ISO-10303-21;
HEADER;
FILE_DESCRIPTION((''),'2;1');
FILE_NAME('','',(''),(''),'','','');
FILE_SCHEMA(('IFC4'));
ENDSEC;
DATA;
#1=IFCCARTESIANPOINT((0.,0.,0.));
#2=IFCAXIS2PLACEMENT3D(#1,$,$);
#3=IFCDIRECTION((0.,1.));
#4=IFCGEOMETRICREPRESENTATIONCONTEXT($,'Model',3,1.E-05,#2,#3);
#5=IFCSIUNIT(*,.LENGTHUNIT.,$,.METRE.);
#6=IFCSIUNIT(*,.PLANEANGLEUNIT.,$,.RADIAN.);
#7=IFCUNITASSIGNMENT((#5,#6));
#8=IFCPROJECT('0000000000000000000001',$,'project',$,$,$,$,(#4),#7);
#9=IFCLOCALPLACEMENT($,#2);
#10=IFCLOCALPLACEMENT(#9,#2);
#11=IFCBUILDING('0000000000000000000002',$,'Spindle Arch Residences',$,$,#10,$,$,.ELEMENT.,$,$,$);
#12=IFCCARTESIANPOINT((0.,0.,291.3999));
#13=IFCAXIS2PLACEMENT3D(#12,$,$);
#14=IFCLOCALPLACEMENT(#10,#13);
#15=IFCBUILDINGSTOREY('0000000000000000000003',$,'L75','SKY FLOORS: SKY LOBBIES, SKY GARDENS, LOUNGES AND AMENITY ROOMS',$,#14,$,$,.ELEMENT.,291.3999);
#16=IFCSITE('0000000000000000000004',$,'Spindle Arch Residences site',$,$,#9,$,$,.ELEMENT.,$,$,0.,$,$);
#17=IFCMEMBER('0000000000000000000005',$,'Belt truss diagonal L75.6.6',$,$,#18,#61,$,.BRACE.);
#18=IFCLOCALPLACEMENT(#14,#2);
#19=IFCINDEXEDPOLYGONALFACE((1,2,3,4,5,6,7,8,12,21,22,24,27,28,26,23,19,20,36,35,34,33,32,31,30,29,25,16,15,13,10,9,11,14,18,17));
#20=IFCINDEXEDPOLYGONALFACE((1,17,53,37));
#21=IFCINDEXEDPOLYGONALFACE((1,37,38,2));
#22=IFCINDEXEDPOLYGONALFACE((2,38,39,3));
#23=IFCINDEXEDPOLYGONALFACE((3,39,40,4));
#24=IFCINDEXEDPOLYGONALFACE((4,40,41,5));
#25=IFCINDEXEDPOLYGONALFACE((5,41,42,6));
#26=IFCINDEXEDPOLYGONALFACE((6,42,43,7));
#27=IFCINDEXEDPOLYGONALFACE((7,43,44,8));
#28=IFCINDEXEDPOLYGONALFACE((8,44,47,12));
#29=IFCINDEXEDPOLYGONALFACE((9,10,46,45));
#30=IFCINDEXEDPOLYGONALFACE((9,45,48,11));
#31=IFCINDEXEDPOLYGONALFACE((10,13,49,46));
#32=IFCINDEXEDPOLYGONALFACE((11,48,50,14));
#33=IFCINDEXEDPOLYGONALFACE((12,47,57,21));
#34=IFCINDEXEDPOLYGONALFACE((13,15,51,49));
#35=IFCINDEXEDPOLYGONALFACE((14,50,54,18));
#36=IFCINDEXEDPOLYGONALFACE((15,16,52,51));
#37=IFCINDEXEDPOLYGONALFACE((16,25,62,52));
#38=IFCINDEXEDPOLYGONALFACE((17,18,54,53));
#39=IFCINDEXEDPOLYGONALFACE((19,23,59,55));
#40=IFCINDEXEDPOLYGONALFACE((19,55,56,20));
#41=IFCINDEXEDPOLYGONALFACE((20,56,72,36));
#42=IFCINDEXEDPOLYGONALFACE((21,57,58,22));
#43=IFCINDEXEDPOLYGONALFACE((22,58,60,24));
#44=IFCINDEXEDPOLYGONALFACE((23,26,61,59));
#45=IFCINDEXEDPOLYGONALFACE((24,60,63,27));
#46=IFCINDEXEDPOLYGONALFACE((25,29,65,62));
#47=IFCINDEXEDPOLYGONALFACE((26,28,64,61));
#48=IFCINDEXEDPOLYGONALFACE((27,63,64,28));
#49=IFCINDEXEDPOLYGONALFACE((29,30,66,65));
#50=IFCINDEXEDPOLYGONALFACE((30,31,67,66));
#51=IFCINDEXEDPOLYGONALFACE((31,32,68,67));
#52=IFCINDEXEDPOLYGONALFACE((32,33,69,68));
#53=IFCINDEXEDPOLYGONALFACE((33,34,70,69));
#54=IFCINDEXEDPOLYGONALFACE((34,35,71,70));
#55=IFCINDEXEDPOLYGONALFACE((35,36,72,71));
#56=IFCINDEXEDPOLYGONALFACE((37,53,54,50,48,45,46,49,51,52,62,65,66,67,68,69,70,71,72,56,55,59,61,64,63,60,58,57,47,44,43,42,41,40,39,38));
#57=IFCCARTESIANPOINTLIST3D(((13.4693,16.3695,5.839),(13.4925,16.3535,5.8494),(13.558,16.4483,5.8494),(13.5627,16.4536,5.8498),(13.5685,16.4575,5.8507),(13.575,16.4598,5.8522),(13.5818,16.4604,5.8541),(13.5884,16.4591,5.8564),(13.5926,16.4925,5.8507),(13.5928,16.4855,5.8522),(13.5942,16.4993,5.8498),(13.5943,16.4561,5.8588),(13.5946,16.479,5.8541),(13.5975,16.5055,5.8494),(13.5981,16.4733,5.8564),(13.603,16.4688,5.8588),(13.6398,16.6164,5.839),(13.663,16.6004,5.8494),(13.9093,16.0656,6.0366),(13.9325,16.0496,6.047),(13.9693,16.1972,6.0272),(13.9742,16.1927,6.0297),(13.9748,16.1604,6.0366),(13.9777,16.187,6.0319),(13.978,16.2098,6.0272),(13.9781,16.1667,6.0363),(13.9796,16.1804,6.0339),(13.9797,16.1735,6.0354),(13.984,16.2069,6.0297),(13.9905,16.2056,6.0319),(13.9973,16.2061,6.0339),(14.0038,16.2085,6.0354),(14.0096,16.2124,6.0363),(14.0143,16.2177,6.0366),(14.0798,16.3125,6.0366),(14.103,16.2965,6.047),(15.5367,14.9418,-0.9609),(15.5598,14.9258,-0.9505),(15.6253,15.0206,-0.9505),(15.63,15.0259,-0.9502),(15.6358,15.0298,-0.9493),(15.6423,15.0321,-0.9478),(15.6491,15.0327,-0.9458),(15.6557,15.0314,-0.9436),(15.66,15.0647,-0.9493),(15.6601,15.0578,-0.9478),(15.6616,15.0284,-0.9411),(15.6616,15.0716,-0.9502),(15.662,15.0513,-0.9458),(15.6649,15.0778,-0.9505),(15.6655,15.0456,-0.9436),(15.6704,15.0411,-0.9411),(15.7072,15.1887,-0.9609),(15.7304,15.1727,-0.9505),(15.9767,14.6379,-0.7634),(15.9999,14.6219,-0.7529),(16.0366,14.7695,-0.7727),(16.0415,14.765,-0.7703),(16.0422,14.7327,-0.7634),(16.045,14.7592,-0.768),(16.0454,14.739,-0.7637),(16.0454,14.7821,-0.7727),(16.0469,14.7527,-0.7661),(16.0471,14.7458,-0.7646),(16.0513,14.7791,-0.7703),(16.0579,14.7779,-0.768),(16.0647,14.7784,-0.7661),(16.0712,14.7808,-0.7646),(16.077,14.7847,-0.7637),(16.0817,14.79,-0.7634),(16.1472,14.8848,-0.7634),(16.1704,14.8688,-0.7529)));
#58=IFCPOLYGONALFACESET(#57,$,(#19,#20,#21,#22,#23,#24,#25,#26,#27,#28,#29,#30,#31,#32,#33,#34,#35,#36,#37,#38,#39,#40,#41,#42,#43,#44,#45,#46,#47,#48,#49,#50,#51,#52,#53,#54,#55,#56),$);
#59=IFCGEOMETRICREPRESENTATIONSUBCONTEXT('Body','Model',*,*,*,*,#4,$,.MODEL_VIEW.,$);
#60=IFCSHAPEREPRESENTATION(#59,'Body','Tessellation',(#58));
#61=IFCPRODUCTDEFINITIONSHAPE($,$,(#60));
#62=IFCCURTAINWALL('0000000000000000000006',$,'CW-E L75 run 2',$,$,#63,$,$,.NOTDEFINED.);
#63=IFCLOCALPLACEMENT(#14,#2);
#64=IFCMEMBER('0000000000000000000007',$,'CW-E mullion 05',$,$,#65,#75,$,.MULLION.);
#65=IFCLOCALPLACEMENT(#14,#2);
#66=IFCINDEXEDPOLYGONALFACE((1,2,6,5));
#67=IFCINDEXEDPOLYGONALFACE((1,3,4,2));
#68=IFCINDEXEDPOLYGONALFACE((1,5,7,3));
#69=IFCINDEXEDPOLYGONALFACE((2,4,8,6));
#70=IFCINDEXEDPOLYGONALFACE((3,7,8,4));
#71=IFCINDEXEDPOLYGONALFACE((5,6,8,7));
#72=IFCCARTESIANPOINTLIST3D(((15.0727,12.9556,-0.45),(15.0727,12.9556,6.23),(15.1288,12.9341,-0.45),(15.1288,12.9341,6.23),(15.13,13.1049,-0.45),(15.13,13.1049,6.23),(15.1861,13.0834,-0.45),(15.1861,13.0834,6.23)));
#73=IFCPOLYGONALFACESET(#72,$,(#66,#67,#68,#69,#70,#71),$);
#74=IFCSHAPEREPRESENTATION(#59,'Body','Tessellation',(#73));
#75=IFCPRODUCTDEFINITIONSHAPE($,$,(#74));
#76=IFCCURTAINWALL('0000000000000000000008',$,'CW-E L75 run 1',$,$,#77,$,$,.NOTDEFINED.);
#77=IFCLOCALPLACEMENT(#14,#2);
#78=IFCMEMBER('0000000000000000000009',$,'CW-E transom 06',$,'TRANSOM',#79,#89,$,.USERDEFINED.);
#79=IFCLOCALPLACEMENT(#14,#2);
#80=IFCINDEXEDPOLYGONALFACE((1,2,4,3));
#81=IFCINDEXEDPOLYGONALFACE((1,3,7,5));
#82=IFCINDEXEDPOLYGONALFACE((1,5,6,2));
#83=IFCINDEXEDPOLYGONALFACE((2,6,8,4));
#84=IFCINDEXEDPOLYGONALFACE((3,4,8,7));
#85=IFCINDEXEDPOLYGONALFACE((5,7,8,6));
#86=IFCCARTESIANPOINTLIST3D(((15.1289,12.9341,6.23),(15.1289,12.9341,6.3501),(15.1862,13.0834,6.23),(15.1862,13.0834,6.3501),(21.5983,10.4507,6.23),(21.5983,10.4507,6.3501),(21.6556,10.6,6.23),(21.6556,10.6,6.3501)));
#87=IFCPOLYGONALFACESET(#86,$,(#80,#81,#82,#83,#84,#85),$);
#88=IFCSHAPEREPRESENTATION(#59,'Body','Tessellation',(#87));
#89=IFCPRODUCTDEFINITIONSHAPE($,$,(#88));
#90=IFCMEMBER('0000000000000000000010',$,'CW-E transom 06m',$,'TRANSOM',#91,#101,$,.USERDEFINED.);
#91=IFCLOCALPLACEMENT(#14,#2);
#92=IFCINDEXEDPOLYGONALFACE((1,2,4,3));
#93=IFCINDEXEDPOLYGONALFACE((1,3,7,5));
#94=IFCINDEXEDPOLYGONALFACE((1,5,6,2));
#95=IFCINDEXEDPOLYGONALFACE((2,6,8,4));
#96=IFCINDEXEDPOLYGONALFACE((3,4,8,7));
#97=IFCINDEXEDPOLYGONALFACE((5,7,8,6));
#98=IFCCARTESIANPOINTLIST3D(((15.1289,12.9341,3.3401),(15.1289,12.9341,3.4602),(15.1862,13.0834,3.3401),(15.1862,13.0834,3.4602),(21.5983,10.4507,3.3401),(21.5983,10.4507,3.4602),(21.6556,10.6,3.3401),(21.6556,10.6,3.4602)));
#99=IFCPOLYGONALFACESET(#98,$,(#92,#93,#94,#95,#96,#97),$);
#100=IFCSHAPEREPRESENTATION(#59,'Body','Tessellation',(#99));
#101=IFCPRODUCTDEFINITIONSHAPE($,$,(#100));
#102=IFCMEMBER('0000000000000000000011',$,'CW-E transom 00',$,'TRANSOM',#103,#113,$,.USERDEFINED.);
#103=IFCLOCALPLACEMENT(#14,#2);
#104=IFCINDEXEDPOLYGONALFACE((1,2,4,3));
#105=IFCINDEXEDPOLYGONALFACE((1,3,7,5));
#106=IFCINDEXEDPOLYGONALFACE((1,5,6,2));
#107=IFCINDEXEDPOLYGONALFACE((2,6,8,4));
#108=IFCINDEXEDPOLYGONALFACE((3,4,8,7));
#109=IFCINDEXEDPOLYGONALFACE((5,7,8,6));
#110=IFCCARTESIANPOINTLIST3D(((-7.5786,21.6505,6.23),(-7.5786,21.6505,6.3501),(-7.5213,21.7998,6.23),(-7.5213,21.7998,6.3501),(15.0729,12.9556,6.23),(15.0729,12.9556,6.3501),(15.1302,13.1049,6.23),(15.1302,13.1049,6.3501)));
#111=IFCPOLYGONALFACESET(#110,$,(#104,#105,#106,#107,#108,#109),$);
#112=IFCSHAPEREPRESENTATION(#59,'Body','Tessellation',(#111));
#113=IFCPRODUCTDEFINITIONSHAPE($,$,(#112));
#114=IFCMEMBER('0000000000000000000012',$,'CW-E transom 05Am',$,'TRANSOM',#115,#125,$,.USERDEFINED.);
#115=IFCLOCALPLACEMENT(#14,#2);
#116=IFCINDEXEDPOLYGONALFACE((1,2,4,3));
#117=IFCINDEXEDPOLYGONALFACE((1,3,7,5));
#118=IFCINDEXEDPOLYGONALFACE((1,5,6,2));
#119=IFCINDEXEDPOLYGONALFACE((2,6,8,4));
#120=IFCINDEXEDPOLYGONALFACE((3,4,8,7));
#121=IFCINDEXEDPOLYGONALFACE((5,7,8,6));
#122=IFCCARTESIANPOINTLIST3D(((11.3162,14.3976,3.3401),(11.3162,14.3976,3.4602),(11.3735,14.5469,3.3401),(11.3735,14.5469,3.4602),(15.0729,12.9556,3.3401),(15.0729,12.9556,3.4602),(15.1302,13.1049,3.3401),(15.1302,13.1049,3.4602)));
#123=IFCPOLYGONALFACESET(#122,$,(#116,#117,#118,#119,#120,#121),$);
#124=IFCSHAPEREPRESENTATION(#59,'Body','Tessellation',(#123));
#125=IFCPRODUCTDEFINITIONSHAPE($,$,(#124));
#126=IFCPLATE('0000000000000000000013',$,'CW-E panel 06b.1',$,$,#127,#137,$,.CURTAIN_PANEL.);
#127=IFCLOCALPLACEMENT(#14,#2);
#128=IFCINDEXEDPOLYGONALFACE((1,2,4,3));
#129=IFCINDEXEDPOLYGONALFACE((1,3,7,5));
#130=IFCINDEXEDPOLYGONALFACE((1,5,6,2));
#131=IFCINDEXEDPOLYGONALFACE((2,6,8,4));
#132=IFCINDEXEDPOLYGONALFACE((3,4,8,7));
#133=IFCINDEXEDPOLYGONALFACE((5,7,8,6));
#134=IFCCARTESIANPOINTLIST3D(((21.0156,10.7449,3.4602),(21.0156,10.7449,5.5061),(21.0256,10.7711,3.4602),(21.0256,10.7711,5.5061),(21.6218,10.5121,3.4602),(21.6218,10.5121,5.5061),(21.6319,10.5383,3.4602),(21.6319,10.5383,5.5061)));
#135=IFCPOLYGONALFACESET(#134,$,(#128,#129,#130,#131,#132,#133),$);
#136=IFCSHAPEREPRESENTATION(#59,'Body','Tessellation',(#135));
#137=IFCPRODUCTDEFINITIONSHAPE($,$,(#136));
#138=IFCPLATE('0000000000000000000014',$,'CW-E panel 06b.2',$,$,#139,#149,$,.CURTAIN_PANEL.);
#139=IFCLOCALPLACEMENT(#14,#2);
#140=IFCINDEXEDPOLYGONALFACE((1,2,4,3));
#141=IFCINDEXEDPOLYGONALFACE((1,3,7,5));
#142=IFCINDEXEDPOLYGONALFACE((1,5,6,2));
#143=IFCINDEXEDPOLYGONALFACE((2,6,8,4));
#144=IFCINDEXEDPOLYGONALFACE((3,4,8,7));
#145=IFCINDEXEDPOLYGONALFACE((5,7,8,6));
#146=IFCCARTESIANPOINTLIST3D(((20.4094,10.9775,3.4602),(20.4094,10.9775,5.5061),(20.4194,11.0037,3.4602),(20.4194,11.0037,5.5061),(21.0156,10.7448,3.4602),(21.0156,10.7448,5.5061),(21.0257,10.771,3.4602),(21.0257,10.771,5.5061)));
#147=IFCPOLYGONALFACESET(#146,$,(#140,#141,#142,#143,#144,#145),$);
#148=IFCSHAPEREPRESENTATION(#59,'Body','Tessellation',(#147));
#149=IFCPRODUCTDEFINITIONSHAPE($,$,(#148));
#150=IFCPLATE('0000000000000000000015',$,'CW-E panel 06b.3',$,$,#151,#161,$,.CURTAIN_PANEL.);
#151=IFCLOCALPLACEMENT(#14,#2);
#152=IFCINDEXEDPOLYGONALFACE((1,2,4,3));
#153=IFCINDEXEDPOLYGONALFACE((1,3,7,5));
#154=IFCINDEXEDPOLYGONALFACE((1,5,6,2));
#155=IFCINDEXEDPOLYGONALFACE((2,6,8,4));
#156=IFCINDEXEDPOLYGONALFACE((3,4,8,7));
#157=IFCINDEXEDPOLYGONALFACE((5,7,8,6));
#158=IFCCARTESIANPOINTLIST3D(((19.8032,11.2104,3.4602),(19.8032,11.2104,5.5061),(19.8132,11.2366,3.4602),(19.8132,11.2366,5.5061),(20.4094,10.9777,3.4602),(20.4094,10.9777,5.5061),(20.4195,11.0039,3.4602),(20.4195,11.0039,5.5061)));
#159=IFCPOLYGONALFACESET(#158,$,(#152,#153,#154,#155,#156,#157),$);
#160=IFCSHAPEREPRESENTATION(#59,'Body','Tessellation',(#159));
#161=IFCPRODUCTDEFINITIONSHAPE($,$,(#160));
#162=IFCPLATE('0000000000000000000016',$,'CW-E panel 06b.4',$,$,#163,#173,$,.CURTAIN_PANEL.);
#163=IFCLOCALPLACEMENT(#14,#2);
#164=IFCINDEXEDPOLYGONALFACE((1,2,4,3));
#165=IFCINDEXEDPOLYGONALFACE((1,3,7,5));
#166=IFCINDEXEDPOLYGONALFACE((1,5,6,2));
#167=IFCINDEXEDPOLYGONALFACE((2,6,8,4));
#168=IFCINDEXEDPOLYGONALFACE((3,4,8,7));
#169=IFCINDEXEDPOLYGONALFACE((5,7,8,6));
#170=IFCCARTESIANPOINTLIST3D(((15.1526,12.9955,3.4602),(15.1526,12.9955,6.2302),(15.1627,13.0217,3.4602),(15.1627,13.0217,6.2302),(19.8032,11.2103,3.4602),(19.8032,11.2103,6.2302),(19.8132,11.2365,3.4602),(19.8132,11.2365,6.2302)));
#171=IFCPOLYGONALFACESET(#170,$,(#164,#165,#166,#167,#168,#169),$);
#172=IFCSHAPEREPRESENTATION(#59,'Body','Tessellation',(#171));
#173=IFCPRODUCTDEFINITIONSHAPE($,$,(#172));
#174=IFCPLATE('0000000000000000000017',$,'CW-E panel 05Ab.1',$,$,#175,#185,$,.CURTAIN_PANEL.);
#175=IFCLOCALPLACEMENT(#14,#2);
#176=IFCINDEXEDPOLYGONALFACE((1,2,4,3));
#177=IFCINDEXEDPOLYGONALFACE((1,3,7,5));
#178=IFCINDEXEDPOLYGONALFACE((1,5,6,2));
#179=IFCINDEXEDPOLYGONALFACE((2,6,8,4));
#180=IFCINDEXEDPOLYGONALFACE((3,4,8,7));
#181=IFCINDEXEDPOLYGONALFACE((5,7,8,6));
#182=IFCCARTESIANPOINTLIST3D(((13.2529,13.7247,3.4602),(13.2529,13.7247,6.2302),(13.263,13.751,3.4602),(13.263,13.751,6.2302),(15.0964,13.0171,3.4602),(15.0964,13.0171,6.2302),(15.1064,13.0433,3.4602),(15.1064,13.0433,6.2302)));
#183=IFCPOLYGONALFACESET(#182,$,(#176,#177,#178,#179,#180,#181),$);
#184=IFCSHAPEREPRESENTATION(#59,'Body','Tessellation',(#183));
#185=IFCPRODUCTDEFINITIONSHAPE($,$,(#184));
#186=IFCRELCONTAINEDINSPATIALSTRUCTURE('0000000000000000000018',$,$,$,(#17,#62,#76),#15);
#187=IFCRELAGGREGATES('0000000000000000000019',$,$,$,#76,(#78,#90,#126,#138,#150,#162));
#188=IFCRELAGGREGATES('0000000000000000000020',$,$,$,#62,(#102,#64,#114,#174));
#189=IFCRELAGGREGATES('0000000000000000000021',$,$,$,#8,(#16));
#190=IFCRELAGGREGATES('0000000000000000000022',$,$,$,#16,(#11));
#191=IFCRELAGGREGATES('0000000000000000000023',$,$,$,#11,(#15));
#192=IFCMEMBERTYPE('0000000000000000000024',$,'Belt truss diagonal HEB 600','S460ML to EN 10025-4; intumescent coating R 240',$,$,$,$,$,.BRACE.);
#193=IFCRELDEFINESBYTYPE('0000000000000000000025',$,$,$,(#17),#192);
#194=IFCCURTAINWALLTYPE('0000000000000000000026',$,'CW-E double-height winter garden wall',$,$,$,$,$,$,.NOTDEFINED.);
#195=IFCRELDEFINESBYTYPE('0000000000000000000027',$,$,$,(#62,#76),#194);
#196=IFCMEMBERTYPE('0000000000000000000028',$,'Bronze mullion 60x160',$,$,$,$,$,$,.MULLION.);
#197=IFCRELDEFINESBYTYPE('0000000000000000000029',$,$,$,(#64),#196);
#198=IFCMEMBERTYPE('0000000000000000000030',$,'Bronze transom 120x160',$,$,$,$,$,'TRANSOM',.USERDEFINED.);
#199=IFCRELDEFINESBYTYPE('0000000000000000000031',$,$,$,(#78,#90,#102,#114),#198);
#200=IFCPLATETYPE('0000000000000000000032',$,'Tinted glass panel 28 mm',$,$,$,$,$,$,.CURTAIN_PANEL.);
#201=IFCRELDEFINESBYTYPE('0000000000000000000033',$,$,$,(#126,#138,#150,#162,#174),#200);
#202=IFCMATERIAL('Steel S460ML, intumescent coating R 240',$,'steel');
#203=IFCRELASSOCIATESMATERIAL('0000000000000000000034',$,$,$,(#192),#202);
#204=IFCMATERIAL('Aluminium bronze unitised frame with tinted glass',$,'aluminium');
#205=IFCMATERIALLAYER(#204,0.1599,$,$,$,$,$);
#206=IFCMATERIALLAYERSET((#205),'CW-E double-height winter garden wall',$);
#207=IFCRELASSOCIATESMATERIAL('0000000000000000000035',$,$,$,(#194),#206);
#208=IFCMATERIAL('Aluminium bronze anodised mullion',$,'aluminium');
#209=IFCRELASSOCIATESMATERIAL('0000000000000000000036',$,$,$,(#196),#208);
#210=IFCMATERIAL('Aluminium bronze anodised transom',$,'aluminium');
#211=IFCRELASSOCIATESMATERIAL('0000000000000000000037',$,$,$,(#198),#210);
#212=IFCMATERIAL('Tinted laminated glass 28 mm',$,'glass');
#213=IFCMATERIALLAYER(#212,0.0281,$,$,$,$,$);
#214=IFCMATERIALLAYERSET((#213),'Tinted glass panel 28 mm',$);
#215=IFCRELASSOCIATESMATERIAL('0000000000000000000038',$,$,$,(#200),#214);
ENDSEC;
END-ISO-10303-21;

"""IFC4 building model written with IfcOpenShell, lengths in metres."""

from ifc_helpers import new_model, si_unit, direction, frame, origin, origin_2d, place, context, subcontext, project, spatial, rectangle, i_section, extrude, material, layer, layer_set, material_profile, profile_set, type_object, element, aggregate, save


model = new_model("IFC4")

# Units and contexts
model_context = context("Model", 3, precision=1e-05, world=origin(), true_north=direction((0.0, 1.0)))
body_context = subcontext(model_context, "Body", "Model", "MODEL_VIEW")
ifc_project = project(units=[si_unit("LENGTHUNIT", "METRE"), si_unit("PLANEANGLEUNIT", "RADIAN")], contexts=[model_context])

# Site, building, storey
site_placement = place(None, origin())
site = spatial("IfcSite", under=ifc_project, at=site_placement, Name="Spindle Arch Residences site", CompositionType="ELEMENT", RefElevation=0.0)
building_placement = place(site_placement, origin())
building = spatial("IfcBuilding", under=site, at=building_placement, Name="Spindle Arch Residences", CompositionType="ELEMENT")
storey_placement = place(building_placement, frame((0.0, 0.0, 291.3999)))
storey = spatial("IfcBuildingStorey", under=building, at=storey_placement, Name="L75", Description="SKY FLOORS: SKY LOBBIES, SKY GARDENS, LOUNGES AND AMENITY ROOMS", CompositionType="ELEMENT", Elevation=291.3999)

# Member
ifc_material_1 = material(Name="Steel S460ML, intumescent coating R 240", Category="steel")
ifc_material_profile_1 = material_profile(ifc_material_1, i_section(OverallWidth=0.3, OverallDepth=0.6001, WebThickness=0.0154, FlangeThickness=0.03, FilletRadius=0.0271, at=origin_2d()), Name="HEB 600")
ifc_profile_set_1 = profile_set([ifc_material_profile_1], Name="Steel S460ML, intumescent coating R 240")
member_type_1 = type_object("IfcMemberType", Name="Belt truss diagonal HEB 600", Description="S460ML to EN 10025-4; intumescent coating R 240", PredefinedType="BRACE", material=ifc_profile_set_1)
member_1_placement = place(storey_placement, frame((15.8535, 14.9053, -0.8569), z_axis=(-0.285182, 0.196946, 0.938021), x_axis=(-0.56826, -0.822849, 0.0)))
element("IfcMember", 1, at=member_1_placement, inside=storey, type_object=member_type_1, Name="Belt truss diagonal L75.6.6", PredefinedType="BRACE", context=body_context, shape_type="SweptSolid", body=[
    extrude(i_section(OverallWidth=0.3, OverallDepth=0.6001, WebThickness=0.0154, FlangeThickness=0.03, FilletRadius=0.0271, at=origin_2d()), origin(), (0.0, 0.0, 1.0), 7.2493),
])

# Curtain wall, member
ifc_material_2 = material(Name="Aluminium bronze unitised frame with tinted glass", Category="aluminium")
ifc_layer_1 = layer(ifc_material_2, 0.1599)
ifc_layer_set_1 = layer_set([ifc_layer_1], Name="CW-E double-height winter garden wall")
curtain_wall_type = type_object("IfcCurtainWallType", Name="CW-E double-height winter garden wall", PredefinedType="NOTDEFINED", material=ifc_layer_set_1)
curtain_wall_1_placement = place(storey_placement, origin())
curtain_wall_1 = element("IfcCurtainWall", 2, at=curtain_wall_1_placement, inside=storey, type_object=curtain_wall_type, Name="CW-E L75 run 2", PredefinedType="NOTDEFINED")
ifc_material_3 = material(Name="Aluminium bronze anodised mullion", Category="aluminium")
ifc_material_profile_2 = material_profile(ifc_material_3, rectangle(XDim=0.1599, YDim=0.0601, at=origin_2d()), Name="MU 60x160")
ifc_profile_set_2 = profile_set([ifc_material_profile_2], Name="Aluminium bronze anodised mullion")
member_type_2 = type_object("IfcMemberType", Name="Bronze mullion 60x160", PredefinedType="MULLION", material=ifc_profile_set_2)
member_2_placement = place(storey_placement, frame((15.1294, 13.0195, -0.45), z_axis=(0.0, 0.0, 1.0), x_axis=(-0.358368, -0.93358, 0.0)))
member_2 = element("IfcMember", 3, at=member_2_placement, type_object=member_type_2, Name="CW-E mullion 05", PredefinedType="MULLION", context=body_context, shape_type="SweptSolid", body=[
    extrude(rectangle(XDim=0.1599, YDim=0.0601, at=origin_2d()), origin(), (0.0, 0.0, 1.0), 6.6799),
])

# Curtain wall, members
curtain_wall_2_placement = place(storey_placement, origin())
curtain_wall_2 = element("IfcCurtainWall", 4, at=curtain_wall_2_placement, inside=storey, type_object=curtain_wall_type, Name="CW-E L75 run 1", PredefinedType="NOTDEFINED")
ifc_material_4 = material(Name="Aluminium bronze anodised transom", Category="aluminium")
ifc_material_profile_3 = material_profile(ifc_material_4, rectangle(XDim=0.1599, YDim=0.1201, at=origin_2d()), Name="TR 120x160")
ifc_profile_set_3 = profile_set([ifc_material_profile_3], Name="Aluminium bronze anodised transom")
member_type_3 = type_object("IfcMemberType", Name="Bronze transom 120x160", ElementType="TRANSOM", PredefinedType="USERDEFINED", material=ifc_profile_set_3)
member_3_placement = place(storey_placement, frame((21.627, 10.5254, 6.29), z_axis=(-0.933581, 0.358368, 0.0), x_axis=(-0.358368, -0.933581, 0.0)))
member_3 = element("IfcMember", 5, at=member_3_placement, type_object=member_type_3, Name="CW-E transom 06", ObjectType="TRANSOM", PredefinedType="USERDEFINED", context=body_context, shape_type="SweptSolid", body=[
    extrude(rectangle(XDim=0.1599, YDim=0.1201, at=origin_2d()), origin(), (0.0, 0.0, 1.0), 6.9297),
])
member_4_placement = place(storey_placement, frame((21.627, 10.5254, 3.4001), z_axis=(-0.933581, 0.358368, 0.0), x_axis=(-0.358368, -0.933581, 0.0)))
member_4 = element("IfcMember", 6, at=member_4_placement, type_object=member_type_3, Name="CW-E transom 06m", ObjectType="TRANSOM", PredefinedType="USERDEFINED", context=body_context, shape_type="SweptSolid", body=[
    extrude(rectangle(XDim=0.1599, YDim=0.1201, at=origin_2d()), origin(), (0.0, 0.0, 1.0), 6.9297),
])

# Members
member_5_placement = place(storey_placement, frame((15.1016, 13.0303, 6.29), z_axis=(-0.933583, 0.35836, 0.0), x_axis=(-0.35836, -0.933583, 0.0)))
member_5 = element("IfcMember", 7, at=member_5_placement, type_object=member_type_3, Name="CW-E transom 00", ObjectType="TRANSOM", PredefinedType="USERDEFINED", context=body_context, shape_type="SweptSolid", body=[
    extrude(rectangle(XDim=0.1599, YDim=0.1201, at=origin_2d()), origin(), (0.0, 0.0, 1.0), 24.2629),
])
member_6_placement = place(storey_placement, frame((15.1016, 13.0303, 3.4001), z_axis=(-0.933591, 0.358341, 0.0), x_axis=(-0.358341, -0.933591, 0.0)))
member_6 = element("IfcMember", 8, at=member_6_placement, type_object=member_type_3, Name="CW-E transom 05Am", ObjectType="TRANSOM", PredefinedType="USERDEFINED", context=body_context, shape_type="SweptSolid", body=[
    extrude(rectangle(XDim=0.1599, YDim=0.1201, at=origin_2d()), origin(), (0.0, 0.0, 1.0), 4.0239),
])

# Plates
ifc_material_5 = material(Name="Tinted laminated glass 28 mm", Category="glass")
ifc_layer_2 = layer(ifc_material_5, 0.0281)
ifc_layer_set_2 = layer_set([ifc_layer_2], Name="Tinted glass panel 28 mm")
plate_type_1 = type_object("IfcPlateType", Name="Tinted glass panel 28 mm", PredefinedType="CURTAIN_PANEL", material=ifc_layer_set_2)
plate_1_placement = place(storey_placement, frame((21.3237, 10.6416, 3.4602), z_axis=(0.0, 0.0, 1.0), x_axis=(-0.93358, 0.358368, 0.0)))
plate_1 = element("IfcPlate", 9, at=plate_1_placement, type_object=plate_type_1, Name="CW-E panel 06b.1", PredefinedType="CURTAIN_PANEL", context=body_context, shape_type="SweptSolid", body=[
    extrude(rectangle(XDim=0.6494, YDim=0.0281, at=origin_2d()), origin(), (0.0, 0.0, 1.0), 2.0459),
])
plate_2_placement = place(storey_placement, frame((20.7175, 10.8743, 3.4602), z_axis=(0.0, 0.0, 1.0), x_axis=(-0.93358, 0.358368, 0.0)))
plate_2 = element("IfcPlate", 10, at=plate_2_placement, type_object=plate_type_1, Name="CW-E panel 06b.2", PredefinedType="CURTAIN_PANEL", context=body_context, shape_type="SweptSolid", body=[
    extrude(rectangle(XDim=0.6494, YDim=0.0281, at=origin_2d()), origin(), (0.0, 0.0, 1.0), 2.0459),
])
plate_3_placement = place(storey_placement, frame((20.1113, 11.1072, 3.4602), z_axis=(0.0, 0.0, 1.0), x_axis=(-0.93358, 0.358368, 0.0)))
plate_3 = element("IfcPlate", 11, at=plate_3_placement, type_object=plate_type_1, Name="CW-E panel 06b.3", PredefinedType="CURTAIN_PANEL", context=body_context, shape_type="SweptSolid", body=[
    extrude(rectangle(XDim=0.6494, YDim=0.0281, at=origin_2d()), origin(), (0.0, 0.0, 1.0), 2.0459),
])
plate_4_placement = place(storey_placement, frame((17.4829, 12.116, 3.4602), z_axis=(0.0, 0.0, 1.0), x_axis=(-0.93358, 0.358368, 0.0)))
plate_4 = element("IfcPlate", 12, at=plate_4_placement, type_object=plate_type_1, Name="CW-E panel 06b.4", PredefinedType="CURTAIN_PANEL", context=body_context, shape_type="SweptSolid", body=[
    extrude(rectangle(XDim=4.9814, YDim=0.0281, at=origin_2d()), origin(), (0.0, 0.0, 1.0), 2.77),
])
plate_5_placement = place(storey_placement, frame((14.1797, 13.384, 3.4602), z_axis=(0.0, 0.0, 1.0), x_axis=(-0.93358, 0.358368, 0.0)))
plate_5 = element("IfcPlate", 13, at=plate_5_placement, type_object=plate_type_1, Name="CW-E panel 05Ab.1", PredefinedType="CURTAIN_PANEL", context=body_context, shape_type="SweptSolid", body=[
    extrude(rectangle(XDim=1.9746, YDim=0.0281, at=origin_2d()), origin(), (0.0, 0.0, 1.0), 2.77),
])
aggregate(curtain_wall_2, [member_3, member_4, plate_1, plate_2, plate_3, plate_4])
aggregate(curtain_wall_1, [member_5, member_2, member_6, plate_5])

save(model, "model.ifc")
